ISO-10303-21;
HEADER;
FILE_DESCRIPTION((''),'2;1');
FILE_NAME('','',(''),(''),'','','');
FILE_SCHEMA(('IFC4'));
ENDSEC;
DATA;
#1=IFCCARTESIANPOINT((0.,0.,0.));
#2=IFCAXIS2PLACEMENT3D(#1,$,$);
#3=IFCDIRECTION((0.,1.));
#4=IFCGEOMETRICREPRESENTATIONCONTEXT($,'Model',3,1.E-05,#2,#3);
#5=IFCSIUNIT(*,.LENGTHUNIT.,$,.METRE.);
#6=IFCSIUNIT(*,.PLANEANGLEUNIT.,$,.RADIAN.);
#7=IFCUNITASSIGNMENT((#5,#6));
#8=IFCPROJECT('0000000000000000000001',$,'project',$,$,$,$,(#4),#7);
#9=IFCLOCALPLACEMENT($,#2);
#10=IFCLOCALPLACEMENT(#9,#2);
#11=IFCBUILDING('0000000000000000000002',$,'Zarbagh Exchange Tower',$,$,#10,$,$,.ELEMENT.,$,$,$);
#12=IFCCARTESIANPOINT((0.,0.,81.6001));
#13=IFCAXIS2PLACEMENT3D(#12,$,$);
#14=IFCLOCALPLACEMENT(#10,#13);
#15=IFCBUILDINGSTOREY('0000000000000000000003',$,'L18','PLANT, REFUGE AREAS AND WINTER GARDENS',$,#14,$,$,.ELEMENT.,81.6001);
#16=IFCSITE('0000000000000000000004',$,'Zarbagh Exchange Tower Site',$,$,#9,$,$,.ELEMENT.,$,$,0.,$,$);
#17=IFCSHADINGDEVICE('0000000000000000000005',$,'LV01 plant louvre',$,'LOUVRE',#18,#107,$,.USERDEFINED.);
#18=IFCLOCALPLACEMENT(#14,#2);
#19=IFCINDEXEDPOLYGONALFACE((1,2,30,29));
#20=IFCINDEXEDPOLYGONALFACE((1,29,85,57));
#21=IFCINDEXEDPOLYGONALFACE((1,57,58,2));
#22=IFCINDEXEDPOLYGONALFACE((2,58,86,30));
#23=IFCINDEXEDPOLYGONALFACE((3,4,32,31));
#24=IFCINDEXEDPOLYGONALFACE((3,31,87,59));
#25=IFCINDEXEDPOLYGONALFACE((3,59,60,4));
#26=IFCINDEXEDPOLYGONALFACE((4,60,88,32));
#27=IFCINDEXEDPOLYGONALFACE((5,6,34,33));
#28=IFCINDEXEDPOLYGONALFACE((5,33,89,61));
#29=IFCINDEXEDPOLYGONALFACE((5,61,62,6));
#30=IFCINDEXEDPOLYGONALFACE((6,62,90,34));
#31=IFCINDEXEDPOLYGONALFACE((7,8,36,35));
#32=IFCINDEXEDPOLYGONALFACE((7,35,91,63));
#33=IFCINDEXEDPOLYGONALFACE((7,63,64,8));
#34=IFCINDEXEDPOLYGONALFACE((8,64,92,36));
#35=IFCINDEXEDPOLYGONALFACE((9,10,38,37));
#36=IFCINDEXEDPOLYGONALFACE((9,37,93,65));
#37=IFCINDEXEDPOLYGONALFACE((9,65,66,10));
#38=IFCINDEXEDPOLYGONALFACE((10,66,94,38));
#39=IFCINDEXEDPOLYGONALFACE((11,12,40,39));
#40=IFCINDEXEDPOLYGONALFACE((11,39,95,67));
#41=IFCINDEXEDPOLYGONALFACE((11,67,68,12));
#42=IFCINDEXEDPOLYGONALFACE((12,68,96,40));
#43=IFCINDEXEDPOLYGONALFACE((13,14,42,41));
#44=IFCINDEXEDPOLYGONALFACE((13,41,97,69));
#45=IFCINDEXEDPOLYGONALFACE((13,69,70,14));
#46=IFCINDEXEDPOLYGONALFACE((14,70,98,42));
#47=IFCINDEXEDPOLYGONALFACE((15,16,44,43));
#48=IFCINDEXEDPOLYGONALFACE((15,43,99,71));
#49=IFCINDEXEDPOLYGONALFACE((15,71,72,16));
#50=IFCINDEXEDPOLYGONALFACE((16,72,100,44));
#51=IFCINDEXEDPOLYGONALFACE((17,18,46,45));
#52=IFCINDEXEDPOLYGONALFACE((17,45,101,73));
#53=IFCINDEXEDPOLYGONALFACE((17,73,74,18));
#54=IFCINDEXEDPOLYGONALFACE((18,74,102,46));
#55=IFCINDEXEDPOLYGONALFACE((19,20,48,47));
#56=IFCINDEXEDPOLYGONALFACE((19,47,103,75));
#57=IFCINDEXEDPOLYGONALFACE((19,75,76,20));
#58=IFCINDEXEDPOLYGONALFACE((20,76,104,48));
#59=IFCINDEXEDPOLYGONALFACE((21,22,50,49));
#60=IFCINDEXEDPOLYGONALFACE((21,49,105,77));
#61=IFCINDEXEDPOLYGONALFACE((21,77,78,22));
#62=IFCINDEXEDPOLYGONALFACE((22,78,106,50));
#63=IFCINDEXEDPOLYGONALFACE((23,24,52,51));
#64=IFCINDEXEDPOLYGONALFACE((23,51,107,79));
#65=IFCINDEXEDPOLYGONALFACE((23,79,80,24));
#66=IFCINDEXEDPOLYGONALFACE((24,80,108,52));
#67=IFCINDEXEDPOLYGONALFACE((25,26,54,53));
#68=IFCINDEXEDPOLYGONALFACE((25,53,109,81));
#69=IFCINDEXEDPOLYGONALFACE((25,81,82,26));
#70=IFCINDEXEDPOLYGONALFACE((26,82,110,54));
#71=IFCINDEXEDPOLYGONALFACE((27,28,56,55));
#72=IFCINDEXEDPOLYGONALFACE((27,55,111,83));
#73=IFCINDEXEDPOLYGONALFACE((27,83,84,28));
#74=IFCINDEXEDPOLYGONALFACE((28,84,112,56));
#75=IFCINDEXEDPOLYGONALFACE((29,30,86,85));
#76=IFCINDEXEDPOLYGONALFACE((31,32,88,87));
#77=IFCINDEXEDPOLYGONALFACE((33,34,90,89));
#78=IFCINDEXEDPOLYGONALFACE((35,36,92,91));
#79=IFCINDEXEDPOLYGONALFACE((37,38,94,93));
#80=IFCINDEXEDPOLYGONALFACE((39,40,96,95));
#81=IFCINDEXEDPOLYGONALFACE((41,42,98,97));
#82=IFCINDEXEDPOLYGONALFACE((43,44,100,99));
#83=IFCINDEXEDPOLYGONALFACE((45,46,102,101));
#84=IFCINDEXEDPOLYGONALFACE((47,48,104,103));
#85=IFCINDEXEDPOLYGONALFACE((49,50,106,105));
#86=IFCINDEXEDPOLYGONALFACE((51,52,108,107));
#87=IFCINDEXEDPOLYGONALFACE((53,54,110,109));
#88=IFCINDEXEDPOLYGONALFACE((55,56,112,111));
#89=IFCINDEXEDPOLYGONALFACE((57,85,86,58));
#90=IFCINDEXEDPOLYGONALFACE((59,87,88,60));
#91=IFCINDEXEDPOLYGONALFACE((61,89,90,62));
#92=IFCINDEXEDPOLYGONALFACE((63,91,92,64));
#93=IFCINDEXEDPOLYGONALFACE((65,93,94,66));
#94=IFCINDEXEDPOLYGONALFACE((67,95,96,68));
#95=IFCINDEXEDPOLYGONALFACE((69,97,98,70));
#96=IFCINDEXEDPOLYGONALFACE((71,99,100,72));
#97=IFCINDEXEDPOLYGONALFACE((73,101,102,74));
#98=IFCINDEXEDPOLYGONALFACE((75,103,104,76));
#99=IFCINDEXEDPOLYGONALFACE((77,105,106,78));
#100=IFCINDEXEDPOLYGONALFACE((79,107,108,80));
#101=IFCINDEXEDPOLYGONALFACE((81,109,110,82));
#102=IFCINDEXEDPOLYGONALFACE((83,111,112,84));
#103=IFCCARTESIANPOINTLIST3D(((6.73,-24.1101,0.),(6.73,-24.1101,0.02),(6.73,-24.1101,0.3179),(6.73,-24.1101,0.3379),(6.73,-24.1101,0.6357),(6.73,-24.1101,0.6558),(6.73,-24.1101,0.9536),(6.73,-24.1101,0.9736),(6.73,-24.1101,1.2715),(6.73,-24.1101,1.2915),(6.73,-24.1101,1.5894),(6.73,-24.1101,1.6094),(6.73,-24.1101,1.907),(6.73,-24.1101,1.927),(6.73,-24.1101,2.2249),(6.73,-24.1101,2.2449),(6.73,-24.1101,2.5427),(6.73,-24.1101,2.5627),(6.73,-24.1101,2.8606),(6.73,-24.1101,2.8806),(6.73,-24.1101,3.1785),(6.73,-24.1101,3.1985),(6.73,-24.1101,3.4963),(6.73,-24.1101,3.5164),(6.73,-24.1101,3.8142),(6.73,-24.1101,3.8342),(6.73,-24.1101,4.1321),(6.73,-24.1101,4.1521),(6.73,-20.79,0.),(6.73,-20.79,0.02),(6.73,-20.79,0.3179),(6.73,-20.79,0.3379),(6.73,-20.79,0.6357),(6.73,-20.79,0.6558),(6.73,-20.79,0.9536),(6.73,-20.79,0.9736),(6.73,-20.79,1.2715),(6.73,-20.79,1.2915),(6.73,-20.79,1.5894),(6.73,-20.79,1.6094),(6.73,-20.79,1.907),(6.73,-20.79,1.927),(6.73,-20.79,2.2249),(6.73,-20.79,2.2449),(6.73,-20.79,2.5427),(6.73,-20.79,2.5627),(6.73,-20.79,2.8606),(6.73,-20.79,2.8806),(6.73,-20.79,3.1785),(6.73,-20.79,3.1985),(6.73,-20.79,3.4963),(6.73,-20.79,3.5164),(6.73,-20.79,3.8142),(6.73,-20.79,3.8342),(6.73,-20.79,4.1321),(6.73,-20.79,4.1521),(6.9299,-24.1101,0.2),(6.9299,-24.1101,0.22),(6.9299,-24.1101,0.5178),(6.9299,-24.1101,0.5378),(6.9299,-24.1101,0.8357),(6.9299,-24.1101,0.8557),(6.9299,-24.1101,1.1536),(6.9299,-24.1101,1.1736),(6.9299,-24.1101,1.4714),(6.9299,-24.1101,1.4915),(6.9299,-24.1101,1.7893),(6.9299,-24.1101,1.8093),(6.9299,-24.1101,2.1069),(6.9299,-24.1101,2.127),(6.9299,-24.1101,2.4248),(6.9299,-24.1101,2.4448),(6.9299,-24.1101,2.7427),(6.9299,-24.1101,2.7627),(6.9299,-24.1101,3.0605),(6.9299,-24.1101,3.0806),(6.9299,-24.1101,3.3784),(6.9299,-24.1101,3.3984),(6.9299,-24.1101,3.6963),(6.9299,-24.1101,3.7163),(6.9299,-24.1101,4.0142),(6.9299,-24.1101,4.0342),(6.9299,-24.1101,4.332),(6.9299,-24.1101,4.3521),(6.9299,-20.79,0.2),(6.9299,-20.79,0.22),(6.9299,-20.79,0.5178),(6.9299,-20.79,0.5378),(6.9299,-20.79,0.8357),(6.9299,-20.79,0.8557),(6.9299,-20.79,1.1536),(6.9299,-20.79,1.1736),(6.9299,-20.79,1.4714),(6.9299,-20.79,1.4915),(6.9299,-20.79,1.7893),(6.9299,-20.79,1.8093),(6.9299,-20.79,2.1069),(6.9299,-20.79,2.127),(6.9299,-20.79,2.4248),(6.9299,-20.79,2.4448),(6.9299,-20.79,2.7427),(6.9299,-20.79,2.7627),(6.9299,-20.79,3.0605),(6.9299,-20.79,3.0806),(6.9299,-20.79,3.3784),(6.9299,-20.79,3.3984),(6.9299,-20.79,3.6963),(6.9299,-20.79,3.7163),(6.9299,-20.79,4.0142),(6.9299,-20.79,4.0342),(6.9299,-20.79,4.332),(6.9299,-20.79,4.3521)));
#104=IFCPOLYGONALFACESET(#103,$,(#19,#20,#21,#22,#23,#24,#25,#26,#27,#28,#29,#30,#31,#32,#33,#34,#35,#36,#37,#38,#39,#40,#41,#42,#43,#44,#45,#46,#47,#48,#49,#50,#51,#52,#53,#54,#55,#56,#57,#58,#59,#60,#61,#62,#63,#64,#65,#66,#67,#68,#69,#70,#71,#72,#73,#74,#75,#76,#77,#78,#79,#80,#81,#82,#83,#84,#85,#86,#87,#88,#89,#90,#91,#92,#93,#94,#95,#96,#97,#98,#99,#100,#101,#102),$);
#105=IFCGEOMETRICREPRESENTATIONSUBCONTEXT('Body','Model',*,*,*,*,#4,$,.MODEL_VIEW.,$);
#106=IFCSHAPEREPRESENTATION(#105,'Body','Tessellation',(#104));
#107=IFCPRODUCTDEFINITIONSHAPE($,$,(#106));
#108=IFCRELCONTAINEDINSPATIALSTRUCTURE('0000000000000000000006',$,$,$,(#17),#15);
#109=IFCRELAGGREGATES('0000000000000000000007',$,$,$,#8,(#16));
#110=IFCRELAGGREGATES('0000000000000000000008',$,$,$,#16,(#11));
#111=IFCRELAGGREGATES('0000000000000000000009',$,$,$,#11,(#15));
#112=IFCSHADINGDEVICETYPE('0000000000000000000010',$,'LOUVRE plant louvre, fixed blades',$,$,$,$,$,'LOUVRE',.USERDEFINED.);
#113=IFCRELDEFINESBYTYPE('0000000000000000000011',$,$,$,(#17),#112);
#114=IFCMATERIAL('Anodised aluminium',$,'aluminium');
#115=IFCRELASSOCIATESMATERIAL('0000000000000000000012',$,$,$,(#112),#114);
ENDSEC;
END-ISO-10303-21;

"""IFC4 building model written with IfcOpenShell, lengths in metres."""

from ifc_helpers import new_model, si_unit, direction, frame, origin, place, context, subcontext, project, spatial, polyline, outline, extrude, source, transform, mapped, material, type_object, element, save


model = new_model("IFC4")

# Units and contexts
model_context = context("Model", 3, precision=1e-05, world=origin(), true_north=direction((0.0, 1.0)))
body_context = subcontext(model_context, "Body", "Model", "MODEL_VIEW")
ifc_project = project(units=[si_unit("LENGTHUNIT", "METRE"), si_unit("PLANEANGLEUNIT", "RADIAN")], contexts=[model_context])

# Site, building, storey
site_placement = place(None, origin())
site = spatial("IfcSite", under=ifc_project, at=site_placement, Name="Zarbagh Exchange Tower Site", CompositionType="ELEMENT", RefElevation=0.0)
building_placement = place(site_placement, origin())
building = spatial("IfcBuilding", under=site, at=building_placement, Name="Zarbagh Exchange Tower", CompositionType="ELEMENT")
storey_placement = place(building_placement, frame((0.0, 0.0, 81.6001)))
storey = spatial("IfcBuildingStorey", under=building, at=storey_placement, Name="L18", Description="PLANT, REFUGE AREAS AND WINTER GARDENS", CompositionType="ELEMENT", Elevation=81.6001)

# Shared definitions
placement = place(storey_placement, origin())

# Shading device
ifc_material_1 = material(Name="Anodised aluminium", Category="aluminium")
shading_device_type = type_object("IfcShadingDeviceType", Name="LOUVRE plant louvre, fixed blades", ElementType="LOUVRE", PredefinedType="USERDEFINED", material=ifc_material_1)
shared_shape_1 = source(origin(), body_context, "Body", "SweptSolid", [
    extrude(outline(polyline([(0.0, 0.2), (0.2, 0.0), (0.2, -0.02), (0.0, 0.1799), (0.0, 0.2)])), origin(), (0.0, 0.0, 1.0), 3.3201),
])
element("IfcShadingDevice", 1, at=placement, inside=storey, type_object=shading_device_type, Name="LV01 plant louvre", ObjectType="LOUVRE", PredefinedType="USERDEFINED", context=body_context, shape_type="MappedRepresentation", body=[
    mapped(shared_shape_1, transform((6.73, -24.1101, 0.2), x_axis=(1.0, 0.0, 0.0), y_axis=(0.0, 0.0, -1.0), z_axis=(0.0, 1.0, 0.0))),
    mapped(shared_shape_1, transform((6.73, -24.1101, 0.5178), x_axis=(1.0, 0.0, 0.0), y_axis=(0.0, 0.0, -1.0), z_axis=(0.0, 1.0, 0.0))),
    mapped(shared_shape_1, transform((6.73, -24.1101, 0.8357), x_axis=(1.0, 0.0, 0.0), y_axis=(0.0, 0.0, -1.0), z_axis=(0.0, 1.0, 0.0))),
    mapped(shared_shape_1, transform((6.73, -24.1101, 1.1536), x_axis=(1.0, 0.0, 0.0), y_axis=(0.0, 0.0, -1.0), z_axis=(0.0, 1.0, 0.0))),
    mapped(shared_shape_1, transform((6.73, -24.1101, 1.4714), x_axis=(1.0, 0.0, 0.0), y_axis=(0.0, 0.0, -1.0), z_axis=(0.0, 1.0, 0.0))),
    mapped(shared_shape_1, transform((6.73, -24.1101, 1.7893), x_axis=(1.0, 0.0, 0.0), y_axis=(0.0, 0.0, -1.0), z_axis=(0.0, 1.0, 0.0))),
    mapped(shared_shape_1, transform((6.73, -24.1101, 2.1069), x_axis=(1.0, 0.0, 0.0), y_axis=(0.0, 0.0, -1.0), z_axis=(0.0, 1.0, 0.0))),
    mapped(shared_shape_1, transform((6.73, -24.1101, 2.4248), x_axis=(1.0, 0.0, 0.0), y_axis=(0.0, 0.0, -1.0), z_axis=(0.0, 1.0, 0.0))),
    mapped(shared_shape_1, transform((6.73, -24.1101, 2.7427), x_axis=(1.0, 0.0, 0.0), y_axis=(0.0, 0.0, -1.0), z_axis=(0.0, 1.0, 0.0))),
    mapped(shared_shape_1, transform((6.73, -24.1101, 3.0605), x_axis=(1.0, 0.0, 0.0), y_axis=(0.0, 0.0, -1.0), z_axis=(0.0, 1.0, 0.0))),
    mapped(shared_shape_1, transform((6.73, -24.1101, 3.3784), x_axis=(1.0, 0.0, 0.0), y_axis=(0.0, 0.0, -1.0), z_axis=(0.0, 1.0, 0.0))),
    mapped(shared_shape_1, transform((6.73, -24.1101, 3.6963), x_axis=(1.0, 0.0, 0.0), y_axis=(0.0, 0.0, -1.0), z_axis=(0.0, 1.0, 0.0))),
    mapped(shared_shape_1, transform((6.73, -24.1101, 4.0142), x_axis=(1.0, 0.0, 0.0), y_axis=(0.0, 0.0, -1.0), z_axis=(0.0, 1.0, 0.0))),
    mapped(shared_shape_1, transform((6.73, -24.1101, 4.332), x_axis=(1.0, 0.0, 0.0), y_axis=(0.0, 0.0, -1.0), z_axis=(0.0, 1.0, 0.0))),
])

save(model, "model.ifc")
